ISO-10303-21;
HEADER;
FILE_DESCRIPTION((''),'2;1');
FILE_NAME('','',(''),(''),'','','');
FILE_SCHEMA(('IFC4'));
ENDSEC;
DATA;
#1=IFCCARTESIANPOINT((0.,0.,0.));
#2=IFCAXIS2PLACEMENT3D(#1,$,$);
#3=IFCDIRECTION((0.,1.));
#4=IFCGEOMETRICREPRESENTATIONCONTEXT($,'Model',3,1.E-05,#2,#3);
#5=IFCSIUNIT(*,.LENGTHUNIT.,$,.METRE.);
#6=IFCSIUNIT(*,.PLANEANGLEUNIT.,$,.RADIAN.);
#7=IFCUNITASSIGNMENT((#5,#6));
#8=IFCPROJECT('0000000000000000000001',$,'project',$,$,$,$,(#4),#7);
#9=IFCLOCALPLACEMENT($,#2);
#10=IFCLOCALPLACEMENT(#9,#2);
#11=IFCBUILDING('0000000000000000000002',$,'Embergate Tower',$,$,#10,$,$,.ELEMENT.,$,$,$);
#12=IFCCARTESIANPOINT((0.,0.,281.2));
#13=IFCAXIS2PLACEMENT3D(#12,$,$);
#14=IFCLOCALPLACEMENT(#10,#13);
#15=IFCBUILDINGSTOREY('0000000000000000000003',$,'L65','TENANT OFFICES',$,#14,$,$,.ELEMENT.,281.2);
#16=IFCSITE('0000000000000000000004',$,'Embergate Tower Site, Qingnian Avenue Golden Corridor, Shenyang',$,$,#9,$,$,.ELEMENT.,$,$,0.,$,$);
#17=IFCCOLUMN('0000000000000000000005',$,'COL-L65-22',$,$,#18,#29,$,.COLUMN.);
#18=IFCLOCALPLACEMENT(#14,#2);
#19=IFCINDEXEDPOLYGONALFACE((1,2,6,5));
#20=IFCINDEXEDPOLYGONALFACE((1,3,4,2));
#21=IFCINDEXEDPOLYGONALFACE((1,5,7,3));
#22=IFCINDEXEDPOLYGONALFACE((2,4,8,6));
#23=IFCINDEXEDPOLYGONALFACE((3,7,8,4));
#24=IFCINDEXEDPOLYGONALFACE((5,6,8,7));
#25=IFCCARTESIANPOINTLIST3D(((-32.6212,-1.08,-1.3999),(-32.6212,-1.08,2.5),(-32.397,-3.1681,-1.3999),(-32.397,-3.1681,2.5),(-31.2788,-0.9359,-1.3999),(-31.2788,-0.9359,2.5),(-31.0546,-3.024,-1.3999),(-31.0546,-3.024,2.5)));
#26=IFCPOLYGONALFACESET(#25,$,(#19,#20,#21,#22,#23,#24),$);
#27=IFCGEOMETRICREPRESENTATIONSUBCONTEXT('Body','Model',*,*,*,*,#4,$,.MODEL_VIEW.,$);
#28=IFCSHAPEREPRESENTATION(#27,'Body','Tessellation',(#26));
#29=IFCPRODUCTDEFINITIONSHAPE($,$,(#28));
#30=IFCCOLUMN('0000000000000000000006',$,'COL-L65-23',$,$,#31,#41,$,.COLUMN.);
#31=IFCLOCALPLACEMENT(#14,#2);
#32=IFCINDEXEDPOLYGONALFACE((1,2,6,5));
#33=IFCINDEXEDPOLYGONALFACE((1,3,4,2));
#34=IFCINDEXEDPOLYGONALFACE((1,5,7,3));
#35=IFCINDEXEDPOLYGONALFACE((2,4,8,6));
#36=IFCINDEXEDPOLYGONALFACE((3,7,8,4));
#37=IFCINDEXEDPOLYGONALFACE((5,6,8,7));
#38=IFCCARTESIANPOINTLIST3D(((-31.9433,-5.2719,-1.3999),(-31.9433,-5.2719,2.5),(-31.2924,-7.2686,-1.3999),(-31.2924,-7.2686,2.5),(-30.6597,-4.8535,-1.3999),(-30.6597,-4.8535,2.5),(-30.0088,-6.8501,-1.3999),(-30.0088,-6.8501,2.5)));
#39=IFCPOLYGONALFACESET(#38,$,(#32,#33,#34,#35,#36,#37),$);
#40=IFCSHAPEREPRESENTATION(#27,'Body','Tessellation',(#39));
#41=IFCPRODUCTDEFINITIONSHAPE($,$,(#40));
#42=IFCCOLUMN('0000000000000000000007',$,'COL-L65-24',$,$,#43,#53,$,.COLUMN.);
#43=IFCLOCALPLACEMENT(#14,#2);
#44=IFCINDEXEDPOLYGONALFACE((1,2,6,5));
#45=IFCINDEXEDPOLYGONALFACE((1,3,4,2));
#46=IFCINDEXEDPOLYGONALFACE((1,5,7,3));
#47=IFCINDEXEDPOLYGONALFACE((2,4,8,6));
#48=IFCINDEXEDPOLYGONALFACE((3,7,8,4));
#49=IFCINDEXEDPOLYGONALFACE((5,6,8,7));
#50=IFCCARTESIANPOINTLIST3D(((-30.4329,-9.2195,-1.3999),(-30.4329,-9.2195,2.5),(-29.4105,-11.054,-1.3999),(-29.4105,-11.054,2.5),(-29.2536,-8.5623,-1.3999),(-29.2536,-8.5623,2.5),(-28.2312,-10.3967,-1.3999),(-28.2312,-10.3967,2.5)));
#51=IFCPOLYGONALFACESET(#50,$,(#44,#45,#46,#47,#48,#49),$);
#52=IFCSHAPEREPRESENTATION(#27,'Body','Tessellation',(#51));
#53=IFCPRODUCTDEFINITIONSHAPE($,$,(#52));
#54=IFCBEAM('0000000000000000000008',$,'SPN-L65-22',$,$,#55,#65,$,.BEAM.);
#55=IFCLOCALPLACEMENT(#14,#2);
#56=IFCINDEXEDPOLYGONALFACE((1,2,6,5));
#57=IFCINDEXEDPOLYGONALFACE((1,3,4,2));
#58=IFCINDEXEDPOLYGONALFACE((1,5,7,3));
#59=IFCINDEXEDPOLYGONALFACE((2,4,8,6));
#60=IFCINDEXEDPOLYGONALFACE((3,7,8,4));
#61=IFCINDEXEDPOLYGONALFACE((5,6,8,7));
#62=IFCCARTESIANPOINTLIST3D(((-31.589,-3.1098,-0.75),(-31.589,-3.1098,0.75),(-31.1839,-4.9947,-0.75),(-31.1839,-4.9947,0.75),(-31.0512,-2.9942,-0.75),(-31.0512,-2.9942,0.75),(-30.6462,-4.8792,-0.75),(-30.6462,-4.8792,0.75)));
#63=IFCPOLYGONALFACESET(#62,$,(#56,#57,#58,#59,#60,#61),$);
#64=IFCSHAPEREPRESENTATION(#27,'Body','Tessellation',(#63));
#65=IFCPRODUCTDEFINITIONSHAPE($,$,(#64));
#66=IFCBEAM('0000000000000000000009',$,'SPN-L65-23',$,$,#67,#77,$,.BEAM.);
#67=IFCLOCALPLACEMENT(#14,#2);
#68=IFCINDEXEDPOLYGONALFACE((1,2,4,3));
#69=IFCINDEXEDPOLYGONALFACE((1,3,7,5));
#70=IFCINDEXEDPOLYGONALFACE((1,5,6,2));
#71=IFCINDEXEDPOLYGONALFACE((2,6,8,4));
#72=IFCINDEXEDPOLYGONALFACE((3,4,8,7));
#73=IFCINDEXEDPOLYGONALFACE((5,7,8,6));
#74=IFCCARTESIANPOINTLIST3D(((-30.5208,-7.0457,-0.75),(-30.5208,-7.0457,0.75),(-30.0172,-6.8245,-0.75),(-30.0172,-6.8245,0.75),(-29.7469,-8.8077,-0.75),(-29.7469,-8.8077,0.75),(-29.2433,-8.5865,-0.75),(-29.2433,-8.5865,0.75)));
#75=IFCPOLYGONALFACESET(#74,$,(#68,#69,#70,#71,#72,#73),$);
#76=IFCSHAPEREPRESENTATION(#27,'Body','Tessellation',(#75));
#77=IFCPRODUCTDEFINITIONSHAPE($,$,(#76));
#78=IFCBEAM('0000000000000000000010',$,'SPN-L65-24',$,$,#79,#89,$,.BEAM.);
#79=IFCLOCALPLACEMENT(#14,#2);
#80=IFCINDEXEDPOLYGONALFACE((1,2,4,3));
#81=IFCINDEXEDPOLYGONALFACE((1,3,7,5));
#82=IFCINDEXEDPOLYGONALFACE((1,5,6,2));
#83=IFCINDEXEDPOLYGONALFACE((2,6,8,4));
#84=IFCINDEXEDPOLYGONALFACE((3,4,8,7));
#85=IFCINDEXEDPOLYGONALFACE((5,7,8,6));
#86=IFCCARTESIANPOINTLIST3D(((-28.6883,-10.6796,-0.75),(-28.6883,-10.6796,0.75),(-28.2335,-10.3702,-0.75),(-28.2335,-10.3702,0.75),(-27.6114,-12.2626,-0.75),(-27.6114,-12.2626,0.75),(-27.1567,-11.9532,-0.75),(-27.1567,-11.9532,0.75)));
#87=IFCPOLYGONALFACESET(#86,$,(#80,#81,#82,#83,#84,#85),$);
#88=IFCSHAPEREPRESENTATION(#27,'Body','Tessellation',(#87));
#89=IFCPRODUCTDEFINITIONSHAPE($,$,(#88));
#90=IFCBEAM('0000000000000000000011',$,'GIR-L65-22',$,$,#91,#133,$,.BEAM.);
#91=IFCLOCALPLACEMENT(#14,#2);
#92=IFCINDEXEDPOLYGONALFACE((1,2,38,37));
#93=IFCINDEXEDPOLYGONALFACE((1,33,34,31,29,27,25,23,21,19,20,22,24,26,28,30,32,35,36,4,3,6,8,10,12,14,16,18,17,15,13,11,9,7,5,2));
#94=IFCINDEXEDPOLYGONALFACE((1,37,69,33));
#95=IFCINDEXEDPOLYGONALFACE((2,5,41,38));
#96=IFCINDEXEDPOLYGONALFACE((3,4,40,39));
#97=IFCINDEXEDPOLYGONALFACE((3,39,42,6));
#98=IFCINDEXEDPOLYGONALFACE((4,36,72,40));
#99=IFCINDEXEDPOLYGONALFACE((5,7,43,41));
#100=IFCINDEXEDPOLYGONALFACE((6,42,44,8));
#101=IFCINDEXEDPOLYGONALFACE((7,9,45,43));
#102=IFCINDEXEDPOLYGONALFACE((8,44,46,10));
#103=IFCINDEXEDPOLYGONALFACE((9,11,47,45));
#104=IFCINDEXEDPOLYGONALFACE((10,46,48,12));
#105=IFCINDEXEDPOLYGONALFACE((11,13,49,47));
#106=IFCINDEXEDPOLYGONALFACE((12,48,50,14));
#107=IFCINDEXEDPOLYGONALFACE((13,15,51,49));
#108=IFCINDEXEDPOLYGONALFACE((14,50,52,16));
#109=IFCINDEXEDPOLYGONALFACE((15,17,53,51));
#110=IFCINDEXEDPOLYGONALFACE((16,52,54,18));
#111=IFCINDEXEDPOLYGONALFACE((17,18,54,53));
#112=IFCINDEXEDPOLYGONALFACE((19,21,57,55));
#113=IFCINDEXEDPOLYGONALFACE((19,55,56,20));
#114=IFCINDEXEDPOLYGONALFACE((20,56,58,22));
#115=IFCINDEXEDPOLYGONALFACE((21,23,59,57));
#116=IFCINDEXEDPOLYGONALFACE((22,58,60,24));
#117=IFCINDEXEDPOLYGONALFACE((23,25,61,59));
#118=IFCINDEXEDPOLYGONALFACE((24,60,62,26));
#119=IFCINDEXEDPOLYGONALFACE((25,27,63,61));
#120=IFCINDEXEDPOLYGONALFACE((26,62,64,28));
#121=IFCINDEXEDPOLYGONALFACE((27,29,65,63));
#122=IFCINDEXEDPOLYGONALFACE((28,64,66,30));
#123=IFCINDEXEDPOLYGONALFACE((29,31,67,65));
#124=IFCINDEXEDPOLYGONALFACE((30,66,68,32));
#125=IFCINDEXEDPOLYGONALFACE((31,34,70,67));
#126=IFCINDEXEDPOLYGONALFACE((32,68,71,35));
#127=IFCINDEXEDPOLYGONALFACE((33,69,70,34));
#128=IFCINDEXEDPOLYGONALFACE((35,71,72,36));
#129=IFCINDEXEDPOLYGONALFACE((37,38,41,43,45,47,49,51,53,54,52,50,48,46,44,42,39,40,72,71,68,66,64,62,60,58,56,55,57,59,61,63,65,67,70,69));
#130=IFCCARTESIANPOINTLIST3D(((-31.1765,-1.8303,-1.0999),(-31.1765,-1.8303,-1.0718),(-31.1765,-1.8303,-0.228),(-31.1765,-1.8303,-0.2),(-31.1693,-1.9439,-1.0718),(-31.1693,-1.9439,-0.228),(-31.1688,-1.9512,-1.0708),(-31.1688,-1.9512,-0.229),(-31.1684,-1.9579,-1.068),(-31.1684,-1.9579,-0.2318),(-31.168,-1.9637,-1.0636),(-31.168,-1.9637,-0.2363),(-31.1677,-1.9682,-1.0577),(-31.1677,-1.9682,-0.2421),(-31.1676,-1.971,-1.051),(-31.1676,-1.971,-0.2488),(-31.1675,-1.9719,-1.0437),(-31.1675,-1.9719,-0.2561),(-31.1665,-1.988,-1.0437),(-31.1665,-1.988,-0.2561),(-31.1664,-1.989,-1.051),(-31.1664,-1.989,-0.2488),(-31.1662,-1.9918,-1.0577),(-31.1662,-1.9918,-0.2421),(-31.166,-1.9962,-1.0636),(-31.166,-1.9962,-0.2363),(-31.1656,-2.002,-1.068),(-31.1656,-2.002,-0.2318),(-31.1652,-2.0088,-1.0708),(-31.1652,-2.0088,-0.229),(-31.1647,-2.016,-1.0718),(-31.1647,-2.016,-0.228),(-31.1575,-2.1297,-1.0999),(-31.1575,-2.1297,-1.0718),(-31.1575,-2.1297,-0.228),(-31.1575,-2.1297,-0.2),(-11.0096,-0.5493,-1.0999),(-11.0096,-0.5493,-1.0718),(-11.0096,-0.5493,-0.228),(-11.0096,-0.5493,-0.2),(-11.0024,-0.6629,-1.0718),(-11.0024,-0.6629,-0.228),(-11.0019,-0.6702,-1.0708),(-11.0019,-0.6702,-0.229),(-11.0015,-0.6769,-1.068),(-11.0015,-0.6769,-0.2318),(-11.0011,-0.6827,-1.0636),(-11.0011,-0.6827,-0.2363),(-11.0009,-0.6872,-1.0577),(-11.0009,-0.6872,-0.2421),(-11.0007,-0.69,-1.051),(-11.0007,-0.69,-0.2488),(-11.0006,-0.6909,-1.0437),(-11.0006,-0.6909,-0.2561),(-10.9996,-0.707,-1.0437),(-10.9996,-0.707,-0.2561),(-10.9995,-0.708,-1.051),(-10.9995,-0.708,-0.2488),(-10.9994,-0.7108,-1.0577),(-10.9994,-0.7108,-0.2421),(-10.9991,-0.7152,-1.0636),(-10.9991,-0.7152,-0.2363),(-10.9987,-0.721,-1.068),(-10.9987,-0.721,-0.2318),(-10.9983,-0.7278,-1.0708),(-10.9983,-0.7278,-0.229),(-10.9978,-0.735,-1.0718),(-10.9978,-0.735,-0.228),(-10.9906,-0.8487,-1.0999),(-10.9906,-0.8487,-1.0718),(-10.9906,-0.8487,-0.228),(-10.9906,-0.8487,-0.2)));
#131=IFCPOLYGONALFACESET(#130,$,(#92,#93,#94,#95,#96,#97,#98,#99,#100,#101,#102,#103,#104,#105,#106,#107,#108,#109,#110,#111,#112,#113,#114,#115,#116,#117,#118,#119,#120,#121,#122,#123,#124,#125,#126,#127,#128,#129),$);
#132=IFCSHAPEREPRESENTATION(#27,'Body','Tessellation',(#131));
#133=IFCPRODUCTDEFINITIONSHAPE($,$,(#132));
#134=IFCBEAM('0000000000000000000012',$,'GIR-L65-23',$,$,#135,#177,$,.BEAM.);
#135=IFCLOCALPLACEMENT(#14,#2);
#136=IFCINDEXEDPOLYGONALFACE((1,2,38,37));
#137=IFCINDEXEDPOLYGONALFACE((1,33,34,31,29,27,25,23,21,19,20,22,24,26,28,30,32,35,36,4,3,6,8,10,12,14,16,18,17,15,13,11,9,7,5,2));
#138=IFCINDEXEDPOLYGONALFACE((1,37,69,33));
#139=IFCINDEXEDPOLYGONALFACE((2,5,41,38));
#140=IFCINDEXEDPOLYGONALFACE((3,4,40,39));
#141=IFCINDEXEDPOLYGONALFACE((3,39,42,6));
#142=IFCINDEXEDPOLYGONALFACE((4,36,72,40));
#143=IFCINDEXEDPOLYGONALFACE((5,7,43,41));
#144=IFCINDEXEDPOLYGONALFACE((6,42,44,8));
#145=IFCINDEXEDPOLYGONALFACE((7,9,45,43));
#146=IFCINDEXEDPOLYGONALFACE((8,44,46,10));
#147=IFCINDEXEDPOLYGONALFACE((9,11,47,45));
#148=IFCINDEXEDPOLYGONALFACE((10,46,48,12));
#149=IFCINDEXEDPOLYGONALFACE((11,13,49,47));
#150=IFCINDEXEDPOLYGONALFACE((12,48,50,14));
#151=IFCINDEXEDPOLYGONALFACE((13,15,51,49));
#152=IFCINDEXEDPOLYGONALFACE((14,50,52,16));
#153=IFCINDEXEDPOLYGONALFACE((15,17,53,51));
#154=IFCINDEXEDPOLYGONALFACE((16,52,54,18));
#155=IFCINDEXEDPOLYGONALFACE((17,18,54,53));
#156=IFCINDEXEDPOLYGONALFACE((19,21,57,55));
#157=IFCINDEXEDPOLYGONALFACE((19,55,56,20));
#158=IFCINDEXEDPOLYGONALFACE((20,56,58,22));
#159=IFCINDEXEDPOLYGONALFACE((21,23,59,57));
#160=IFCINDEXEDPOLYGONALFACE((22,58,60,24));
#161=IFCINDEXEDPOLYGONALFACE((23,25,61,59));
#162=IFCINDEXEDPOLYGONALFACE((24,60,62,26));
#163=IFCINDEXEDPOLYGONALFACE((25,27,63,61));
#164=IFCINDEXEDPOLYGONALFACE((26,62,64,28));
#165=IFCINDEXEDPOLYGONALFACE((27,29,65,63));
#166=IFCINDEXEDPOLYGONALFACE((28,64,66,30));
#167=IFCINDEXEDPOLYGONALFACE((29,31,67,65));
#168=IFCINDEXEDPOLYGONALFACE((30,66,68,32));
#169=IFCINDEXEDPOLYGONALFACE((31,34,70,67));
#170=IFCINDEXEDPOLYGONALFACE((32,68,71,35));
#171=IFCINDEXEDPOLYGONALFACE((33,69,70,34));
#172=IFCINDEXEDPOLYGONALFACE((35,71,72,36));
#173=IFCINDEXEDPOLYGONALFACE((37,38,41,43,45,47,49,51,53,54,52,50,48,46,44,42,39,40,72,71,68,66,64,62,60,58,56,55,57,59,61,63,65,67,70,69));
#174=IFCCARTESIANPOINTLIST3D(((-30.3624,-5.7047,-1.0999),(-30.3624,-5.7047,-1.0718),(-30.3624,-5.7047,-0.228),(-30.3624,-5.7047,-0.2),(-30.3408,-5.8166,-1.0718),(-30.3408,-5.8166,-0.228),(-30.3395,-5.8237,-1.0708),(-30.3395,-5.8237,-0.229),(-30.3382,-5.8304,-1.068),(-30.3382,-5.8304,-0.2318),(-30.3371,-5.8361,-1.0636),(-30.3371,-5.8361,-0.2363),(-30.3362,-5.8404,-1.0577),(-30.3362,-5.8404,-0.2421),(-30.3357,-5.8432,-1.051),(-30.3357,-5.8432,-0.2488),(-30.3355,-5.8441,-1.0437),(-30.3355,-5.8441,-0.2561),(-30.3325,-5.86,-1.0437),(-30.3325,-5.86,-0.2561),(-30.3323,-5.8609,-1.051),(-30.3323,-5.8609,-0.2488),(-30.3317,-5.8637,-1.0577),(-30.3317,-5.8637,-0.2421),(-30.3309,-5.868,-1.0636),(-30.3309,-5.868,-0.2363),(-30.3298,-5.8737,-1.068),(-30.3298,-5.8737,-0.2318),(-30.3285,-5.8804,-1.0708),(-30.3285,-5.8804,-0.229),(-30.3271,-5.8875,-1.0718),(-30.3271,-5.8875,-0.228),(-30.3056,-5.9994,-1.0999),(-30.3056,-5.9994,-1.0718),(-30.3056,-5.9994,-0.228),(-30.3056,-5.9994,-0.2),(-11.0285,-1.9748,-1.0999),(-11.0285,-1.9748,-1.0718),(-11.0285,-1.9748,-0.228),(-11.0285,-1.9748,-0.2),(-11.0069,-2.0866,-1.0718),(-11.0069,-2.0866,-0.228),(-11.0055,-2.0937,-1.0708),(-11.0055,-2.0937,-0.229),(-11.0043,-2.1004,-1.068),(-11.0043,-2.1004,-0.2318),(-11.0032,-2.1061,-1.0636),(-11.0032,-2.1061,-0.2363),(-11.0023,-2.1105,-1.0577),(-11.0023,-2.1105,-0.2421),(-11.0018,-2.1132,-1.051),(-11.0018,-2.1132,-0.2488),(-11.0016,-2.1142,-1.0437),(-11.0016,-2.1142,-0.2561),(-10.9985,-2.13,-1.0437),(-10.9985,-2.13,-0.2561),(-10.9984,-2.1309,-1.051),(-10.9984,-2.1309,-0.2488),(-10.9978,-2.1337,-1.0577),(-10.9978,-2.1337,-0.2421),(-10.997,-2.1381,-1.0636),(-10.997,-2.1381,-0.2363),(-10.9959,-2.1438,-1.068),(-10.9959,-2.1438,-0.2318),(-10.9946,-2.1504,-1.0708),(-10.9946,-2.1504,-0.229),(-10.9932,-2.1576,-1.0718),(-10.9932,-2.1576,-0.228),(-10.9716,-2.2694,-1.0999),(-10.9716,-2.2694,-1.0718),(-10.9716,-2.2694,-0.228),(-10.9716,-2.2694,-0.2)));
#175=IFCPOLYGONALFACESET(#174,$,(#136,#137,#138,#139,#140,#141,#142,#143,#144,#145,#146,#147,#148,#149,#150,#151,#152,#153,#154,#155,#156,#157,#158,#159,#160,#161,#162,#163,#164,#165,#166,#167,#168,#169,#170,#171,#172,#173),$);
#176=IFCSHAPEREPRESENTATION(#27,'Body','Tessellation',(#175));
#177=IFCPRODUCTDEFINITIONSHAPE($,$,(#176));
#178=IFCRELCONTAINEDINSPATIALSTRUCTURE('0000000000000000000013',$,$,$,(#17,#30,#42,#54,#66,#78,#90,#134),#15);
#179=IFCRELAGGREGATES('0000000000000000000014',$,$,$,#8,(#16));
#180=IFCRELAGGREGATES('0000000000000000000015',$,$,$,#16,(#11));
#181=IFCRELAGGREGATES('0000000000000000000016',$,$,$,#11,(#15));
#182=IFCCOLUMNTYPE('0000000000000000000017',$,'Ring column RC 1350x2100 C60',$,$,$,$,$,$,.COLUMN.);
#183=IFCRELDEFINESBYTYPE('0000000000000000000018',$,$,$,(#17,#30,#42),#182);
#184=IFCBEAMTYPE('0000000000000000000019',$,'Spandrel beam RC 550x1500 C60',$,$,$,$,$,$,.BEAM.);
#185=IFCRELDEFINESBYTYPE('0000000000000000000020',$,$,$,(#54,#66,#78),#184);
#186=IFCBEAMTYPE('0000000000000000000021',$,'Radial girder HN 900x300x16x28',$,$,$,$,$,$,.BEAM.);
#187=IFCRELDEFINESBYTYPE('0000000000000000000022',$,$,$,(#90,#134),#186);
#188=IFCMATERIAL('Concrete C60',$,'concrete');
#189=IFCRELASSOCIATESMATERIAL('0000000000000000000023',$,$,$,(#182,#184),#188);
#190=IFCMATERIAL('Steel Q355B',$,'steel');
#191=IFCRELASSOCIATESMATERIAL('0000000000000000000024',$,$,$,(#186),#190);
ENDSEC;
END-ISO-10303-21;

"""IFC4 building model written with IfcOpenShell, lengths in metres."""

from ifc_helpers import new_model, si_unit, direction, frame, origin, origin_2d, place, context, subcontext, project, spatial, rectangle, i_section, extrude, source, transform, mapped, material, material_profile, profile_set, type_object, element, save


model = new_model("IFC4")

# Units and contexts
model_context = context("Model", 3, precision=1e-05, world=origin(), true_north=direction((0.0, 1.0)))
body_context = subcontext(model_context, "Body", "Model", "MODEL_VIEW")
ifc_project = project(units=[si_unit("LENGTHUNIT", "METRE"), si_unit("PLANEANGLEUNIT", "RADIAN")], contexts=[model_context])

# Site, building, storey
site_placement = place(None, origin())
site = spatial("IfcSite", under=ifc_project, at=site_placement, Name="Embergate Tower Site, Qingnian Avenue Golden Corridor, Shenyang", CompositionType="ELEMENT", RefElevation=0.0)
building_placement = place(site_placement, origin())
building = spatial("IfcBuilding", under=site, at=building_placement, Name="Embergate Tower", CompositionType="ELEMENT")
storey_placement = place(building_placement, frame((0.0, 0.0, 281.2)))
storey = spatial("IfcBuildingStorey", under=building, at=storey_placement, Name="L65", Description="TENANT OFFICES", CompositionType="ELEMENT", Elevation=281.2)

# Columns
ifc_material_1 = material(Name="Concrete C60", Category="concrete")
ifc_material_profile_1 = material_profile(ifc_material_1, rectangle(XDim=1.3501, YDim=2.1001, at=origin_2d()), Name="RC 1350x2100")
ifc_profile_set_1 = profile_set([ifc_material_profile_1], Name="Concrete C60")
column_type = type_object("IfcColumnType", Name="Ring column RC 1350x2100 C60", PredefinedType="COLUMN", material=ifc_profile_set_1)
shared_shape_1 = source(origin(), body_context, "Body", "SweptSolid", [
    extrude(rectangle(XDim=1.3501, YDim=2.1001, at=origin_2d()), origin(), (0.0, 0.0, 1.0), 3.8999),
])
for number, where, z_axis, x_axis, name in (
    (1, (-31.8379, -2.052, -1.3999), (0.0, 0.0, 1.0), (-0.994286, -0.10675, 0.0), "COL-L65-22"),
    (2, (-30.9761, -6.061, -1.3999), (0.0, 0.0, 1.0), (-0.950754, -0.309946, 0.0), "COL-L65-23"),
    (3, (-29.332, -9.8081, -1.3999), (0.0, 0.0, 1.0), (-0.873492, -0.486839, 0.0), "COL-L65-24"),
):
    element("IfcColumn", number, at=place(storey_placement, frame(where, z_axis=z_axis, x_axis=x_axis)), inside=storey, type_object=column_type, Name=name, PredefinedType="COLUMN", context=body_context, shape_type="MappedRepresentation", body=[
        mapped(shared_shape_1, transform((0.0, 0.0, 0.0))),
    ])

# Beams
ifc_material_profile_2 = material_profile(ifc_material_1, rectangle(XDim=0.55, YDim=1.5, at=origin_2d()), Name="RC 550x1500")
ifc_profile_set_2 = profile_set([ifc_material_profile_2], Name="Concrete C60")
beam_type_1 = type_object("IfcBeamType", Name="Spandrel beam RC 550x1500 C60", PredefinedType="BEAM", material=ifc_profile_set_2)
shared_shape_2 = source(origin(), body_context, "Body", "SweptSolid", [
    extrude(rectangle(XDim=0.55, YDim=1.5, at=origin_2d()), origin(), (0.0, 0.0, 1.0), 1.928),
])
beam_1_placement = place(storey_placement, frame((-31.3201, -3.052, 0.0), z_axis=(0.210074, -0.977686, 0.0), x_axis=(0.977686, 0.210074, 0.0)))
element("IfcBeam", 4, at=beam_1_placement, inside=storey, type_object=beam_type_1, Name="SPN-L65-22", PredefinedType="BEAM", context=body_context, shape_type="MappedRepresentation", body=[
    mapped(shared_shape_2, transform((0.0, 0.0, 0.0))),
])
shared_shape_3 = source(origin(), body_context, "Body", "SweptSolid", [
    extrude(rectangle(XDim=0.55, YDim=1.5, at=origin_2d()), origin(), (0.0, 0.0, 1.0), 1.9246),
])
beam_2_placement = place(storey_placement, frame((-30.269, -6.9351, 0.0), z_axis=(0.402156, -0.915571, 0.0), x_axis=(0.915571, 0.402156, 0.0)))
element("IfcBeam", 5, at=beam_2_placement, inside=storey, type_object=beam_type_1, Name="SPN-L65-23", PredefinedType="BEAM", context=body_context, shape_type="MappedRepresentation", body=[
    mapped(shared_shape_3, transform((0.0, 0.0, 0.0))),
])
shared_shape_4 = source(origin(), body_context, "Body", "SweptSolid", [
    extrude(rectangle(XDim=0.55, YDim=1.5, at=origin_2d()), origin(), (0.0, 0.0, 1.0), 1.9146),
])
beam_3_placement = place(storey_placement, frame((-28.4609, -10.5249, 0.0), z_axis=(0.562474, -0.826815, 0.0), x_axis=(0.826815, 0.562474, 0.0)))
element("IfcBeam", 6, at=beam_3_placement, inside=storey, type_object=beam_type_1, Name="SPN-L65-24", PredefinedType="BEAM", context=body_context, shape_type="MappedRepresentation", body=[
    mapped(shared_shape_4, transform((0.0, 0.0, 0.0))),
])
ifc_material_2 = material(Name="Steel Q355B", Category="steel")
ifc_material_profile_3 = material_profile(ifc_material_2, i_section(OverallWidth=0.3, OverallDepth=0.8999, WebThickness=0.0161, FlangeThickness=0.0281, FilletRadius=0.0281, at=origin_2d()), Name="HN 900x300x16x28")
ifc_profile_set_3 = profile_set([ifc_material_profile_3], Name="Steel Q355 grade B")
beam_type_2 = type_object("IfcBeamType", Name="Radial girder HN 900x300x16x28", PredefinedType="BEAM", material=ifc_profile_set_3)
shared_shape_5 = source(origin(), body_context, "Body", "SweptSolid", [
    extrude(i_section(OverallWidth=0.3, OverallDepth=0.8999, WebThickness=0.0161, FlangeThickness=0.0281, FilletRadius=0.0281, at=origin_2d()), origin(), (0.0, 0.0, 1.0), 20.2075),
])
beam_4_placement = place(storey_placement, frame((-31.167, -1.98, -0.6499), z_axis=(0.997989, 0.063392, 0.0), x_axis=(-0.063392, 0.997989, 0.0)))
element("IfcBeam", 7, at=beam_4_placement, inside=storey, type_object=beam_type_2, Name="GIR-L65-22", PredefinedType="BEAM", context=body_context, shape_type="MappedRepresentation", body=[
    mapped(shared_shape_5, transform((0.0, 0.0, 0.0))),
])
shared_shape_6 = source(origin(), body_context, "Body", "SweptSolid", [
    extrude(i_section(OverallWidth=0.3, OverallDepth=0.8999, WebThickness=0.0161, FlangeThickness=0.0281, FilletRadius=0.0281, at=origin_2d()), origin(), (0.0, 0.0, 1.0), 19.6904),
])
beam_5_placement = place(storey_placement, frame((-30.334, -5.8521, -0.6499), z_axis=(0.981894, 0.18943, 0.0), x_axis=(-0.18943, 0.981894, 0.0)))
element("IfcBeam", 8, at=beam_5_placement, inside=storey, type_object=beam_type_2, Name="GIR-L65-23", PredefinedType="BEAM", context=body_context, shape_type="MappedRepresentation", body=[
    mapped(shared_shape_6, transform((0.0, 0.0, 0.0))),
])

save(model, "model.ifc")
